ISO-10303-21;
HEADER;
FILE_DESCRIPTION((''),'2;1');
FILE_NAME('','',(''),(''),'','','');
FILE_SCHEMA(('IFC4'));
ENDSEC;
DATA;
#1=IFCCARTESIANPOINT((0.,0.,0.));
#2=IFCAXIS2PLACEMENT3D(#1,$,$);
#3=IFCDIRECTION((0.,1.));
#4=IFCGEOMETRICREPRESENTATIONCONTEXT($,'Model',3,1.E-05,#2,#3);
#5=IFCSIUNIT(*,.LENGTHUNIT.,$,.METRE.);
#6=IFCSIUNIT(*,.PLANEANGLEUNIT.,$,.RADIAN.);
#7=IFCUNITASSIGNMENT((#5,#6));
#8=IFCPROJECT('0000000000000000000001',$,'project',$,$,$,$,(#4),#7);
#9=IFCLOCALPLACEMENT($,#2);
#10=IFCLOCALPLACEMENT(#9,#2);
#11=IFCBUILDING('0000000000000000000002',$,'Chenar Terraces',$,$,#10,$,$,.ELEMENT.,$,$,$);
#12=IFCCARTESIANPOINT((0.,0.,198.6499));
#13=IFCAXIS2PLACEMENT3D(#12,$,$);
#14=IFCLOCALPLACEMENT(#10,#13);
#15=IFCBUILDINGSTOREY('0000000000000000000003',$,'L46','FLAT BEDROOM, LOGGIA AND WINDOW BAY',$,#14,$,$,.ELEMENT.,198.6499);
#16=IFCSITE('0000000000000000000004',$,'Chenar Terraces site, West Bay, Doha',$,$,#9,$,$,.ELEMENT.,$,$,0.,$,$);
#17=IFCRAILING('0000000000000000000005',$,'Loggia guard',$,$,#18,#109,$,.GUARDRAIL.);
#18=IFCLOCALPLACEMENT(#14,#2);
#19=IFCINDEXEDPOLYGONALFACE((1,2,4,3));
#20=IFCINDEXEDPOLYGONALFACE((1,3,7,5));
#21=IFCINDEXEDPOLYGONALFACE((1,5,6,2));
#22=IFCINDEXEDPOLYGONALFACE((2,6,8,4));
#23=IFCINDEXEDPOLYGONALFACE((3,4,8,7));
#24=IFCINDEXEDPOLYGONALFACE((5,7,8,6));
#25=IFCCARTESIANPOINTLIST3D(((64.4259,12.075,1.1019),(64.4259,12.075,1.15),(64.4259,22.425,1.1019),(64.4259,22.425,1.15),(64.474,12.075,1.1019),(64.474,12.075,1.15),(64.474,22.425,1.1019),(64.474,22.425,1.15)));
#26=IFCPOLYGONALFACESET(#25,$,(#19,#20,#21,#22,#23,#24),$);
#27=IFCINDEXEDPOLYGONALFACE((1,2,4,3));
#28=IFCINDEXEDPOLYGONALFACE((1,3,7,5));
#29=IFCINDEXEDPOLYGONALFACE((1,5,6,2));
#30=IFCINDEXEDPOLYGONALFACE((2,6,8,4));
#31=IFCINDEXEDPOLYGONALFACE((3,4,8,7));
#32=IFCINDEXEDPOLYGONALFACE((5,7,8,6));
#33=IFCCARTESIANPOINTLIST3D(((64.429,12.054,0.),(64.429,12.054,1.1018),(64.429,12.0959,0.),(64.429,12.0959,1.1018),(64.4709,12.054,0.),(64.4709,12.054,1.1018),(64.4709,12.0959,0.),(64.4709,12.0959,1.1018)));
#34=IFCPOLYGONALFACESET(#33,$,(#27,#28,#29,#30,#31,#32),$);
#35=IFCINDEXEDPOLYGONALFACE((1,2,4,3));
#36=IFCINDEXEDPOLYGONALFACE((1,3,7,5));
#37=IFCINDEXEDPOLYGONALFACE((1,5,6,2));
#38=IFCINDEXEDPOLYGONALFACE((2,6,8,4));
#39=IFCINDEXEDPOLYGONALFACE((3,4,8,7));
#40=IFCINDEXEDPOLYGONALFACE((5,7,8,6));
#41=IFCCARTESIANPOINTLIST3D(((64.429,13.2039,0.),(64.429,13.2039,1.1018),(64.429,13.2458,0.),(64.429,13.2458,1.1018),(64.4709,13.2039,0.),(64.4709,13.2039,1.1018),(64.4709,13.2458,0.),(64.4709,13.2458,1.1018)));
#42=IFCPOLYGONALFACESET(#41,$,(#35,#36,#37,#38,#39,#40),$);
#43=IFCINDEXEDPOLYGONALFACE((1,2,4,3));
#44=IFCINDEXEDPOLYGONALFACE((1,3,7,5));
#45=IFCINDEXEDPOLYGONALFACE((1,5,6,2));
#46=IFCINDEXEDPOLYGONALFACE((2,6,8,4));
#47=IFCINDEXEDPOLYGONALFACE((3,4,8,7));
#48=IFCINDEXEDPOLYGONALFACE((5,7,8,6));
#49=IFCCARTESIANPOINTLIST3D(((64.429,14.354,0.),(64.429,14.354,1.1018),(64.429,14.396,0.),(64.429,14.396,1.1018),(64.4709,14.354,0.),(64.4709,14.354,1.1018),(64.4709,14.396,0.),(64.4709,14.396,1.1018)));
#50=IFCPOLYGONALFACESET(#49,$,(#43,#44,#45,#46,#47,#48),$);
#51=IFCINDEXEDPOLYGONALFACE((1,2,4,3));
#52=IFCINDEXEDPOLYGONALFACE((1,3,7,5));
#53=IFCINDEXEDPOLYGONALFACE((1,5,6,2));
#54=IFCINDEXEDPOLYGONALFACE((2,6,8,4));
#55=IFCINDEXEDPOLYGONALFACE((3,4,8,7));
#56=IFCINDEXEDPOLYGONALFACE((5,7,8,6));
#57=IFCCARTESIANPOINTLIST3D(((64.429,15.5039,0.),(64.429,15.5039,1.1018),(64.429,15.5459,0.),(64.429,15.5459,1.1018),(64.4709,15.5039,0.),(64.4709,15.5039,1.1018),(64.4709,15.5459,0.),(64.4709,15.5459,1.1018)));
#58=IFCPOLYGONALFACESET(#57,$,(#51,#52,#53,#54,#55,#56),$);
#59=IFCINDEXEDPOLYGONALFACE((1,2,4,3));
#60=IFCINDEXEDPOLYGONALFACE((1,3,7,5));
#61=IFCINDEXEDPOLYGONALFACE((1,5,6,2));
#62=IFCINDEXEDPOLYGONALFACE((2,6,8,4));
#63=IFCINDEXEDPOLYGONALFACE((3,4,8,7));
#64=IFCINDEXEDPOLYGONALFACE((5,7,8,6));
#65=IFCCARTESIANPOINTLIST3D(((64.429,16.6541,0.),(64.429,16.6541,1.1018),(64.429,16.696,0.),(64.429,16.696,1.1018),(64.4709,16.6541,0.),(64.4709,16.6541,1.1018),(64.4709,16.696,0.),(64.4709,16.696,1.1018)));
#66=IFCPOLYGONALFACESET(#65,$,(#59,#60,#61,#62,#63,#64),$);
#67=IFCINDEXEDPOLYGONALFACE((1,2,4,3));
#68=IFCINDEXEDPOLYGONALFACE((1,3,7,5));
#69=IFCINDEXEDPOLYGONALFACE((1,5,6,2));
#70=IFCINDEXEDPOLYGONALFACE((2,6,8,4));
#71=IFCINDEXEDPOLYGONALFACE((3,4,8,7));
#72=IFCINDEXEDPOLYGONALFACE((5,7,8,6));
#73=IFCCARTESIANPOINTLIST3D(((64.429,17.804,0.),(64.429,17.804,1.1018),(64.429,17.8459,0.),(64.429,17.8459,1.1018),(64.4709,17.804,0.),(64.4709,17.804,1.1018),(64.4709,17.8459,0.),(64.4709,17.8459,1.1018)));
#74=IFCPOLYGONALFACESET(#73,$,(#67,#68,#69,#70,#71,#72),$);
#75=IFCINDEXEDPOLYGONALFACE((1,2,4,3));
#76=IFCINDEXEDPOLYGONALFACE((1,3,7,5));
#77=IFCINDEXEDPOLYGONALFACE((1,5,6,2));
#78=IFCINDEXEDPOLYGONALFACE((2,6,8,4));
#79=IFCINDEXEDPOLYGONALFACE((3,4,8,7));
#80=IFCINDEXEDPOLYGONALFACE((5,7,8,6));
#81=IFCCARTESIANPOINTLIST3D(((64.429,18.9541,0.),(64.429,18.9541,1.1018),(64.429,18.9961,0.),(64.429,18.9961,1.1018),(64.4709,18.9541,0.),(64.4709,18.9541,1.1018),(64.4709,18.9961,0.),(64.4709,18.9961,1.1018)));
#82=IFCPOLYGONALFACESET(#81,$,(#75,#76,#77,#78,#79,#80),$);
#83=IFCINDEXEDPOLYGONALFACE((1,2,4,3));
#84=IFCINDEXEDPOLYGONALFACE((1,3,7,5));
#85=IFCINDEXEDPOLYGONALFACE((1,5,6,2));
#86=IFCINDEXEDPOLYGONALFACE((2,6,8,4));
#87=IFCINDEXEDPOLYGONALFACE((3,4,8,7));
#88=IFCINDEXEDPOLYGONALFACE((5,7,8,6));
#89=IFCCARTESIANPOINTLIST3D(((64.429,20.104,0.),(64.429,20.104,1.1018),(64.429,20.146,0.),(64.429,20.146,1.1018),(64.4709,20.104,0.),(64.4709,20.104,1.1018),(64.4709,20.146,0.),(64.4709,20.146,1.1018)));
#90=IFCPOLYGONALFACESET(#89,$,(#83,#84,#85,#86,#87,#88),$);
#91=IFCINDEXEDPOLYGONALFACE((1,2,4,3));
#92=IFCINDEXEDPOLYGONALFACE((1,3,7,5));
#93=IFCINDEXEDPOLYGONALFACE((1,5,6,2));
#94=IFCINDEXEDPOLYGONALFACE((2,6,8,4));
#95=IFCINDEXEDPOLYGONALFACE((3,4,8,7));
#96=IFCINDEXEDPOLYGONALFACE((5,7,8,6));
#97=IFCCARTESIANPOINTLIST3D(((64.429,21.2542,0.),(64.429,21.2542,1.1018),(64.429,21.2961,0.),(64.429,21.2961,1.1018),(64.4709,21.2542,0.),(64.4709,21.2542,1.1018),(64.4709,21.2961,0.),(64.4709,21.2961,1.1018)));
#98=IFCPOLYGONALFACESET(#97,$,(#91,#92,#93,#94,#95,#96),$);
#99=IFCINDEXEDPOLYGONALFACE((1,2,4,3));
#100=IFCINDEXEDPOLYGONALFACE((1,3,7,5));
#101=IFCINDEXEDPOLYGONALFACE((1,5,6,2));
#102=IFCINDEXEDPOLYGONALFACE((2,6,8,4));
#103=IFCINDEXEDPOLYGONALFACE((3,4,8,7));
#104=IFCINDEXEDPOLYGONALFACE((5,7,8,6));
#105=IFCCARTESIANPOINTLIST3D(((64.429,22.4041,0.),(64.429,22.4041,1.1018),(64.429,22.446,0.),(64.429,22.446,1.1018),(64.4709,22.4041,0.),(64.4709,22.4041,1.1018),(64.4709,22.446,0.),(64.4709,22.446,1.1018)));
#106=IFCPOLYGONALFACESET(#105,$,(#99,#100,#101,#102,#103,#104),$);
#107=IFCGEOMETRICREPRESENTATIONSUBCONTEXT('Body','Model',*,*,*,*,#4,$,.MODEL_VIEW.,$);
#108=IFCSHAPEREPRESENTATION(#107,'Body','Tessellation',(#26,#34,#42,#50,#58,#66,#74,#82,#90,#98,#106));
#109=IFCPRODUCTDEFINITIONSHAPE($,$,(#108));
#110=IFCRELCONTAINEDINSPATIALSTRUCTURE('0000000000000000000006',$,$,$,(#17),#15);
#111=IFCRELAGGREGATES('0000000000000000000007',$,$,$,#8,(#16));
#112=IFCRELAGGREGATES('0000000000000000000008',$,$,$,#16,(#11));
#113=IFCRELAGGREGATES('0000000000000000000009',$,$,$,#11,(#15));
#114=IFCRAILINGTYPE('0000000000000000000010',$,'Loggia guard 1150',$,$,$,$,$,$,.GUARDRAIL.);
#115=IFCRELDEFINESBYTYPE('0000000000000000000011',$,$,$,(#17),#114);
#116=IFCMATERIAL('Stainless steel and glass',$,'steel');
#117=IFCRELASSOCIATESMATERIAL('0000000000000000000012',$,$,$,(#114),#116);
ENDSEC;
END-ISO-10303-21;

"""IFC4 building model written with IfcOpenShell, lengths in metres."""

from ifc_helpers import new_model, si_unit, direction, frame, origin, origin_2d, place, context, subcontext, project, spatial, rectangle, extrude, material, type_object, element, save


model = new_model("IFC4")

# Units and contexts
model_context = context("Model", 3, precision=1e-05, world=origin(), true_north=direction((0.0, 1.0)))
body_context = subcontext(model_context, "Body", "Model", "MODEL_VIEW")
ifc_project = project(units=[si_unit("LENGTHUNIT", "METRE"), si_unit("PLANEANGLEUNIT", "RADIAN")], contexts=[model_context])

# Site, building, storey
site_placement = place(None, origin())
site = spatial("IfcSite", under=ifc_project, at=site_placement, Name="Chenar Terraces site, West Bay, Doha", CompositionType="ELEMENT", RefElevation=0.0)
building_placement = place(site_placement, origin())
building = spatial("IfcBuilding", under=site, at=building_placement, Name="Chenar Terraces", CompositionType="ELEMENT")
storey_placement = place(building_placement, frame((0.0, 0.0, 198.6499)))
storey = spatial("IfcBuildingStorey", under=building, at=storey_placement, Name="L46", Description="FLAT BEDROOM, LOGGIA AND WINDOW BAY", CompositionType="ELEMENT", Elevation=198.6499)

# Railing
ifc_material_1 = material(Name="Stainless steel and glass", Category="steel")
railing_type = type_object("IfcRailingType", Name="Loggia guard 1150", PredefinedType="GUARDRAIL", material=ifc_material_1)
railing_placement = place(storey_placement, frame((64.45, 12.075, 0.0)))
element("IfcRailing", 1, at=railing_placement, inside=storey, type_object=railing_type, Name="Loggia guard", PredefinedType="GUARDRAIL", context=body_context, shape_type="SweptSolid", body=[
    extrude(rectangle(XDim=0.0481, YDim=0.0481, at=origin_2d()), frame((0.0, 0.0, 1.126), z_axis=(0.0, 1.0, 0.0), x_axis=(-1.0, 0.0, 0.0)), (0.0, 0.0, 1.0), 10.3501),
    extrude(rectangle(XDim=0.042, YDim=0.042, at=origin_2d()), origin(), (0.0, 0.0, 1.0), 1.1018),
    extrude(rectangle(XDim=0.042, YDim=0.042, at=origin_2d()), frame((0.0, 1.1499, 0.0)), (0.0, 0.0, 1.0), 1.1018),
    extrude(rectangle(XDim=0.042, YDim=0.042, at=origin_2d()), frame((0.0, 2.3, 0.0)), (0.0, 0.0, 1.0), 1.1018),
    extrude(rectangle(XDim=0.042, YDim=0.042, at=origin_2d()), frame((0.0, 3.45, 0.0)), (0.0, 0.0, 1.0), 1.1018),
    extrude(rectangle(XDim=0.042, YDim=0.042, at=origin_2d()), frame((0.0, 4.6001, 0.0)), (0.0, 0.0, 1.0), 1.1018),
    extrude(rectangle(XDim=0.042, YDim=0.042, at=origin_2d()), frame((0.0, 5.75, 0.0)), (0.0, 0.0, 1.0), 1.1018),
    extrude(rectangle(XDim=0.042, YDim=0.042, at=origin_2d()), frame((0.0, 6.9001, 0.0)), (0.0, 0.0, 1.0), 1.1018),
    extrude(rectangle(XDim=0.042, YDim=0.042, at=origin_2d()), frame((0.0, 8.05, 0.0)), (0.0, 0.0, 1.0), 1.1018),
    extrude(rectangle(XDim=0.042, YDim=0.042, at=origin_2d()), frame((0.0, 9.2002, 0.0)), (0.0, 0.0, 1.0), 1.1018),
    extrude(rectangle(XDim=0.042, YDim=0.042, at=origin_2d()), frame((0.0, 10.3501, 0.0)), (0.0, 0.0, 1.0), 1.1018),
])

save(model, "model.ifc")
